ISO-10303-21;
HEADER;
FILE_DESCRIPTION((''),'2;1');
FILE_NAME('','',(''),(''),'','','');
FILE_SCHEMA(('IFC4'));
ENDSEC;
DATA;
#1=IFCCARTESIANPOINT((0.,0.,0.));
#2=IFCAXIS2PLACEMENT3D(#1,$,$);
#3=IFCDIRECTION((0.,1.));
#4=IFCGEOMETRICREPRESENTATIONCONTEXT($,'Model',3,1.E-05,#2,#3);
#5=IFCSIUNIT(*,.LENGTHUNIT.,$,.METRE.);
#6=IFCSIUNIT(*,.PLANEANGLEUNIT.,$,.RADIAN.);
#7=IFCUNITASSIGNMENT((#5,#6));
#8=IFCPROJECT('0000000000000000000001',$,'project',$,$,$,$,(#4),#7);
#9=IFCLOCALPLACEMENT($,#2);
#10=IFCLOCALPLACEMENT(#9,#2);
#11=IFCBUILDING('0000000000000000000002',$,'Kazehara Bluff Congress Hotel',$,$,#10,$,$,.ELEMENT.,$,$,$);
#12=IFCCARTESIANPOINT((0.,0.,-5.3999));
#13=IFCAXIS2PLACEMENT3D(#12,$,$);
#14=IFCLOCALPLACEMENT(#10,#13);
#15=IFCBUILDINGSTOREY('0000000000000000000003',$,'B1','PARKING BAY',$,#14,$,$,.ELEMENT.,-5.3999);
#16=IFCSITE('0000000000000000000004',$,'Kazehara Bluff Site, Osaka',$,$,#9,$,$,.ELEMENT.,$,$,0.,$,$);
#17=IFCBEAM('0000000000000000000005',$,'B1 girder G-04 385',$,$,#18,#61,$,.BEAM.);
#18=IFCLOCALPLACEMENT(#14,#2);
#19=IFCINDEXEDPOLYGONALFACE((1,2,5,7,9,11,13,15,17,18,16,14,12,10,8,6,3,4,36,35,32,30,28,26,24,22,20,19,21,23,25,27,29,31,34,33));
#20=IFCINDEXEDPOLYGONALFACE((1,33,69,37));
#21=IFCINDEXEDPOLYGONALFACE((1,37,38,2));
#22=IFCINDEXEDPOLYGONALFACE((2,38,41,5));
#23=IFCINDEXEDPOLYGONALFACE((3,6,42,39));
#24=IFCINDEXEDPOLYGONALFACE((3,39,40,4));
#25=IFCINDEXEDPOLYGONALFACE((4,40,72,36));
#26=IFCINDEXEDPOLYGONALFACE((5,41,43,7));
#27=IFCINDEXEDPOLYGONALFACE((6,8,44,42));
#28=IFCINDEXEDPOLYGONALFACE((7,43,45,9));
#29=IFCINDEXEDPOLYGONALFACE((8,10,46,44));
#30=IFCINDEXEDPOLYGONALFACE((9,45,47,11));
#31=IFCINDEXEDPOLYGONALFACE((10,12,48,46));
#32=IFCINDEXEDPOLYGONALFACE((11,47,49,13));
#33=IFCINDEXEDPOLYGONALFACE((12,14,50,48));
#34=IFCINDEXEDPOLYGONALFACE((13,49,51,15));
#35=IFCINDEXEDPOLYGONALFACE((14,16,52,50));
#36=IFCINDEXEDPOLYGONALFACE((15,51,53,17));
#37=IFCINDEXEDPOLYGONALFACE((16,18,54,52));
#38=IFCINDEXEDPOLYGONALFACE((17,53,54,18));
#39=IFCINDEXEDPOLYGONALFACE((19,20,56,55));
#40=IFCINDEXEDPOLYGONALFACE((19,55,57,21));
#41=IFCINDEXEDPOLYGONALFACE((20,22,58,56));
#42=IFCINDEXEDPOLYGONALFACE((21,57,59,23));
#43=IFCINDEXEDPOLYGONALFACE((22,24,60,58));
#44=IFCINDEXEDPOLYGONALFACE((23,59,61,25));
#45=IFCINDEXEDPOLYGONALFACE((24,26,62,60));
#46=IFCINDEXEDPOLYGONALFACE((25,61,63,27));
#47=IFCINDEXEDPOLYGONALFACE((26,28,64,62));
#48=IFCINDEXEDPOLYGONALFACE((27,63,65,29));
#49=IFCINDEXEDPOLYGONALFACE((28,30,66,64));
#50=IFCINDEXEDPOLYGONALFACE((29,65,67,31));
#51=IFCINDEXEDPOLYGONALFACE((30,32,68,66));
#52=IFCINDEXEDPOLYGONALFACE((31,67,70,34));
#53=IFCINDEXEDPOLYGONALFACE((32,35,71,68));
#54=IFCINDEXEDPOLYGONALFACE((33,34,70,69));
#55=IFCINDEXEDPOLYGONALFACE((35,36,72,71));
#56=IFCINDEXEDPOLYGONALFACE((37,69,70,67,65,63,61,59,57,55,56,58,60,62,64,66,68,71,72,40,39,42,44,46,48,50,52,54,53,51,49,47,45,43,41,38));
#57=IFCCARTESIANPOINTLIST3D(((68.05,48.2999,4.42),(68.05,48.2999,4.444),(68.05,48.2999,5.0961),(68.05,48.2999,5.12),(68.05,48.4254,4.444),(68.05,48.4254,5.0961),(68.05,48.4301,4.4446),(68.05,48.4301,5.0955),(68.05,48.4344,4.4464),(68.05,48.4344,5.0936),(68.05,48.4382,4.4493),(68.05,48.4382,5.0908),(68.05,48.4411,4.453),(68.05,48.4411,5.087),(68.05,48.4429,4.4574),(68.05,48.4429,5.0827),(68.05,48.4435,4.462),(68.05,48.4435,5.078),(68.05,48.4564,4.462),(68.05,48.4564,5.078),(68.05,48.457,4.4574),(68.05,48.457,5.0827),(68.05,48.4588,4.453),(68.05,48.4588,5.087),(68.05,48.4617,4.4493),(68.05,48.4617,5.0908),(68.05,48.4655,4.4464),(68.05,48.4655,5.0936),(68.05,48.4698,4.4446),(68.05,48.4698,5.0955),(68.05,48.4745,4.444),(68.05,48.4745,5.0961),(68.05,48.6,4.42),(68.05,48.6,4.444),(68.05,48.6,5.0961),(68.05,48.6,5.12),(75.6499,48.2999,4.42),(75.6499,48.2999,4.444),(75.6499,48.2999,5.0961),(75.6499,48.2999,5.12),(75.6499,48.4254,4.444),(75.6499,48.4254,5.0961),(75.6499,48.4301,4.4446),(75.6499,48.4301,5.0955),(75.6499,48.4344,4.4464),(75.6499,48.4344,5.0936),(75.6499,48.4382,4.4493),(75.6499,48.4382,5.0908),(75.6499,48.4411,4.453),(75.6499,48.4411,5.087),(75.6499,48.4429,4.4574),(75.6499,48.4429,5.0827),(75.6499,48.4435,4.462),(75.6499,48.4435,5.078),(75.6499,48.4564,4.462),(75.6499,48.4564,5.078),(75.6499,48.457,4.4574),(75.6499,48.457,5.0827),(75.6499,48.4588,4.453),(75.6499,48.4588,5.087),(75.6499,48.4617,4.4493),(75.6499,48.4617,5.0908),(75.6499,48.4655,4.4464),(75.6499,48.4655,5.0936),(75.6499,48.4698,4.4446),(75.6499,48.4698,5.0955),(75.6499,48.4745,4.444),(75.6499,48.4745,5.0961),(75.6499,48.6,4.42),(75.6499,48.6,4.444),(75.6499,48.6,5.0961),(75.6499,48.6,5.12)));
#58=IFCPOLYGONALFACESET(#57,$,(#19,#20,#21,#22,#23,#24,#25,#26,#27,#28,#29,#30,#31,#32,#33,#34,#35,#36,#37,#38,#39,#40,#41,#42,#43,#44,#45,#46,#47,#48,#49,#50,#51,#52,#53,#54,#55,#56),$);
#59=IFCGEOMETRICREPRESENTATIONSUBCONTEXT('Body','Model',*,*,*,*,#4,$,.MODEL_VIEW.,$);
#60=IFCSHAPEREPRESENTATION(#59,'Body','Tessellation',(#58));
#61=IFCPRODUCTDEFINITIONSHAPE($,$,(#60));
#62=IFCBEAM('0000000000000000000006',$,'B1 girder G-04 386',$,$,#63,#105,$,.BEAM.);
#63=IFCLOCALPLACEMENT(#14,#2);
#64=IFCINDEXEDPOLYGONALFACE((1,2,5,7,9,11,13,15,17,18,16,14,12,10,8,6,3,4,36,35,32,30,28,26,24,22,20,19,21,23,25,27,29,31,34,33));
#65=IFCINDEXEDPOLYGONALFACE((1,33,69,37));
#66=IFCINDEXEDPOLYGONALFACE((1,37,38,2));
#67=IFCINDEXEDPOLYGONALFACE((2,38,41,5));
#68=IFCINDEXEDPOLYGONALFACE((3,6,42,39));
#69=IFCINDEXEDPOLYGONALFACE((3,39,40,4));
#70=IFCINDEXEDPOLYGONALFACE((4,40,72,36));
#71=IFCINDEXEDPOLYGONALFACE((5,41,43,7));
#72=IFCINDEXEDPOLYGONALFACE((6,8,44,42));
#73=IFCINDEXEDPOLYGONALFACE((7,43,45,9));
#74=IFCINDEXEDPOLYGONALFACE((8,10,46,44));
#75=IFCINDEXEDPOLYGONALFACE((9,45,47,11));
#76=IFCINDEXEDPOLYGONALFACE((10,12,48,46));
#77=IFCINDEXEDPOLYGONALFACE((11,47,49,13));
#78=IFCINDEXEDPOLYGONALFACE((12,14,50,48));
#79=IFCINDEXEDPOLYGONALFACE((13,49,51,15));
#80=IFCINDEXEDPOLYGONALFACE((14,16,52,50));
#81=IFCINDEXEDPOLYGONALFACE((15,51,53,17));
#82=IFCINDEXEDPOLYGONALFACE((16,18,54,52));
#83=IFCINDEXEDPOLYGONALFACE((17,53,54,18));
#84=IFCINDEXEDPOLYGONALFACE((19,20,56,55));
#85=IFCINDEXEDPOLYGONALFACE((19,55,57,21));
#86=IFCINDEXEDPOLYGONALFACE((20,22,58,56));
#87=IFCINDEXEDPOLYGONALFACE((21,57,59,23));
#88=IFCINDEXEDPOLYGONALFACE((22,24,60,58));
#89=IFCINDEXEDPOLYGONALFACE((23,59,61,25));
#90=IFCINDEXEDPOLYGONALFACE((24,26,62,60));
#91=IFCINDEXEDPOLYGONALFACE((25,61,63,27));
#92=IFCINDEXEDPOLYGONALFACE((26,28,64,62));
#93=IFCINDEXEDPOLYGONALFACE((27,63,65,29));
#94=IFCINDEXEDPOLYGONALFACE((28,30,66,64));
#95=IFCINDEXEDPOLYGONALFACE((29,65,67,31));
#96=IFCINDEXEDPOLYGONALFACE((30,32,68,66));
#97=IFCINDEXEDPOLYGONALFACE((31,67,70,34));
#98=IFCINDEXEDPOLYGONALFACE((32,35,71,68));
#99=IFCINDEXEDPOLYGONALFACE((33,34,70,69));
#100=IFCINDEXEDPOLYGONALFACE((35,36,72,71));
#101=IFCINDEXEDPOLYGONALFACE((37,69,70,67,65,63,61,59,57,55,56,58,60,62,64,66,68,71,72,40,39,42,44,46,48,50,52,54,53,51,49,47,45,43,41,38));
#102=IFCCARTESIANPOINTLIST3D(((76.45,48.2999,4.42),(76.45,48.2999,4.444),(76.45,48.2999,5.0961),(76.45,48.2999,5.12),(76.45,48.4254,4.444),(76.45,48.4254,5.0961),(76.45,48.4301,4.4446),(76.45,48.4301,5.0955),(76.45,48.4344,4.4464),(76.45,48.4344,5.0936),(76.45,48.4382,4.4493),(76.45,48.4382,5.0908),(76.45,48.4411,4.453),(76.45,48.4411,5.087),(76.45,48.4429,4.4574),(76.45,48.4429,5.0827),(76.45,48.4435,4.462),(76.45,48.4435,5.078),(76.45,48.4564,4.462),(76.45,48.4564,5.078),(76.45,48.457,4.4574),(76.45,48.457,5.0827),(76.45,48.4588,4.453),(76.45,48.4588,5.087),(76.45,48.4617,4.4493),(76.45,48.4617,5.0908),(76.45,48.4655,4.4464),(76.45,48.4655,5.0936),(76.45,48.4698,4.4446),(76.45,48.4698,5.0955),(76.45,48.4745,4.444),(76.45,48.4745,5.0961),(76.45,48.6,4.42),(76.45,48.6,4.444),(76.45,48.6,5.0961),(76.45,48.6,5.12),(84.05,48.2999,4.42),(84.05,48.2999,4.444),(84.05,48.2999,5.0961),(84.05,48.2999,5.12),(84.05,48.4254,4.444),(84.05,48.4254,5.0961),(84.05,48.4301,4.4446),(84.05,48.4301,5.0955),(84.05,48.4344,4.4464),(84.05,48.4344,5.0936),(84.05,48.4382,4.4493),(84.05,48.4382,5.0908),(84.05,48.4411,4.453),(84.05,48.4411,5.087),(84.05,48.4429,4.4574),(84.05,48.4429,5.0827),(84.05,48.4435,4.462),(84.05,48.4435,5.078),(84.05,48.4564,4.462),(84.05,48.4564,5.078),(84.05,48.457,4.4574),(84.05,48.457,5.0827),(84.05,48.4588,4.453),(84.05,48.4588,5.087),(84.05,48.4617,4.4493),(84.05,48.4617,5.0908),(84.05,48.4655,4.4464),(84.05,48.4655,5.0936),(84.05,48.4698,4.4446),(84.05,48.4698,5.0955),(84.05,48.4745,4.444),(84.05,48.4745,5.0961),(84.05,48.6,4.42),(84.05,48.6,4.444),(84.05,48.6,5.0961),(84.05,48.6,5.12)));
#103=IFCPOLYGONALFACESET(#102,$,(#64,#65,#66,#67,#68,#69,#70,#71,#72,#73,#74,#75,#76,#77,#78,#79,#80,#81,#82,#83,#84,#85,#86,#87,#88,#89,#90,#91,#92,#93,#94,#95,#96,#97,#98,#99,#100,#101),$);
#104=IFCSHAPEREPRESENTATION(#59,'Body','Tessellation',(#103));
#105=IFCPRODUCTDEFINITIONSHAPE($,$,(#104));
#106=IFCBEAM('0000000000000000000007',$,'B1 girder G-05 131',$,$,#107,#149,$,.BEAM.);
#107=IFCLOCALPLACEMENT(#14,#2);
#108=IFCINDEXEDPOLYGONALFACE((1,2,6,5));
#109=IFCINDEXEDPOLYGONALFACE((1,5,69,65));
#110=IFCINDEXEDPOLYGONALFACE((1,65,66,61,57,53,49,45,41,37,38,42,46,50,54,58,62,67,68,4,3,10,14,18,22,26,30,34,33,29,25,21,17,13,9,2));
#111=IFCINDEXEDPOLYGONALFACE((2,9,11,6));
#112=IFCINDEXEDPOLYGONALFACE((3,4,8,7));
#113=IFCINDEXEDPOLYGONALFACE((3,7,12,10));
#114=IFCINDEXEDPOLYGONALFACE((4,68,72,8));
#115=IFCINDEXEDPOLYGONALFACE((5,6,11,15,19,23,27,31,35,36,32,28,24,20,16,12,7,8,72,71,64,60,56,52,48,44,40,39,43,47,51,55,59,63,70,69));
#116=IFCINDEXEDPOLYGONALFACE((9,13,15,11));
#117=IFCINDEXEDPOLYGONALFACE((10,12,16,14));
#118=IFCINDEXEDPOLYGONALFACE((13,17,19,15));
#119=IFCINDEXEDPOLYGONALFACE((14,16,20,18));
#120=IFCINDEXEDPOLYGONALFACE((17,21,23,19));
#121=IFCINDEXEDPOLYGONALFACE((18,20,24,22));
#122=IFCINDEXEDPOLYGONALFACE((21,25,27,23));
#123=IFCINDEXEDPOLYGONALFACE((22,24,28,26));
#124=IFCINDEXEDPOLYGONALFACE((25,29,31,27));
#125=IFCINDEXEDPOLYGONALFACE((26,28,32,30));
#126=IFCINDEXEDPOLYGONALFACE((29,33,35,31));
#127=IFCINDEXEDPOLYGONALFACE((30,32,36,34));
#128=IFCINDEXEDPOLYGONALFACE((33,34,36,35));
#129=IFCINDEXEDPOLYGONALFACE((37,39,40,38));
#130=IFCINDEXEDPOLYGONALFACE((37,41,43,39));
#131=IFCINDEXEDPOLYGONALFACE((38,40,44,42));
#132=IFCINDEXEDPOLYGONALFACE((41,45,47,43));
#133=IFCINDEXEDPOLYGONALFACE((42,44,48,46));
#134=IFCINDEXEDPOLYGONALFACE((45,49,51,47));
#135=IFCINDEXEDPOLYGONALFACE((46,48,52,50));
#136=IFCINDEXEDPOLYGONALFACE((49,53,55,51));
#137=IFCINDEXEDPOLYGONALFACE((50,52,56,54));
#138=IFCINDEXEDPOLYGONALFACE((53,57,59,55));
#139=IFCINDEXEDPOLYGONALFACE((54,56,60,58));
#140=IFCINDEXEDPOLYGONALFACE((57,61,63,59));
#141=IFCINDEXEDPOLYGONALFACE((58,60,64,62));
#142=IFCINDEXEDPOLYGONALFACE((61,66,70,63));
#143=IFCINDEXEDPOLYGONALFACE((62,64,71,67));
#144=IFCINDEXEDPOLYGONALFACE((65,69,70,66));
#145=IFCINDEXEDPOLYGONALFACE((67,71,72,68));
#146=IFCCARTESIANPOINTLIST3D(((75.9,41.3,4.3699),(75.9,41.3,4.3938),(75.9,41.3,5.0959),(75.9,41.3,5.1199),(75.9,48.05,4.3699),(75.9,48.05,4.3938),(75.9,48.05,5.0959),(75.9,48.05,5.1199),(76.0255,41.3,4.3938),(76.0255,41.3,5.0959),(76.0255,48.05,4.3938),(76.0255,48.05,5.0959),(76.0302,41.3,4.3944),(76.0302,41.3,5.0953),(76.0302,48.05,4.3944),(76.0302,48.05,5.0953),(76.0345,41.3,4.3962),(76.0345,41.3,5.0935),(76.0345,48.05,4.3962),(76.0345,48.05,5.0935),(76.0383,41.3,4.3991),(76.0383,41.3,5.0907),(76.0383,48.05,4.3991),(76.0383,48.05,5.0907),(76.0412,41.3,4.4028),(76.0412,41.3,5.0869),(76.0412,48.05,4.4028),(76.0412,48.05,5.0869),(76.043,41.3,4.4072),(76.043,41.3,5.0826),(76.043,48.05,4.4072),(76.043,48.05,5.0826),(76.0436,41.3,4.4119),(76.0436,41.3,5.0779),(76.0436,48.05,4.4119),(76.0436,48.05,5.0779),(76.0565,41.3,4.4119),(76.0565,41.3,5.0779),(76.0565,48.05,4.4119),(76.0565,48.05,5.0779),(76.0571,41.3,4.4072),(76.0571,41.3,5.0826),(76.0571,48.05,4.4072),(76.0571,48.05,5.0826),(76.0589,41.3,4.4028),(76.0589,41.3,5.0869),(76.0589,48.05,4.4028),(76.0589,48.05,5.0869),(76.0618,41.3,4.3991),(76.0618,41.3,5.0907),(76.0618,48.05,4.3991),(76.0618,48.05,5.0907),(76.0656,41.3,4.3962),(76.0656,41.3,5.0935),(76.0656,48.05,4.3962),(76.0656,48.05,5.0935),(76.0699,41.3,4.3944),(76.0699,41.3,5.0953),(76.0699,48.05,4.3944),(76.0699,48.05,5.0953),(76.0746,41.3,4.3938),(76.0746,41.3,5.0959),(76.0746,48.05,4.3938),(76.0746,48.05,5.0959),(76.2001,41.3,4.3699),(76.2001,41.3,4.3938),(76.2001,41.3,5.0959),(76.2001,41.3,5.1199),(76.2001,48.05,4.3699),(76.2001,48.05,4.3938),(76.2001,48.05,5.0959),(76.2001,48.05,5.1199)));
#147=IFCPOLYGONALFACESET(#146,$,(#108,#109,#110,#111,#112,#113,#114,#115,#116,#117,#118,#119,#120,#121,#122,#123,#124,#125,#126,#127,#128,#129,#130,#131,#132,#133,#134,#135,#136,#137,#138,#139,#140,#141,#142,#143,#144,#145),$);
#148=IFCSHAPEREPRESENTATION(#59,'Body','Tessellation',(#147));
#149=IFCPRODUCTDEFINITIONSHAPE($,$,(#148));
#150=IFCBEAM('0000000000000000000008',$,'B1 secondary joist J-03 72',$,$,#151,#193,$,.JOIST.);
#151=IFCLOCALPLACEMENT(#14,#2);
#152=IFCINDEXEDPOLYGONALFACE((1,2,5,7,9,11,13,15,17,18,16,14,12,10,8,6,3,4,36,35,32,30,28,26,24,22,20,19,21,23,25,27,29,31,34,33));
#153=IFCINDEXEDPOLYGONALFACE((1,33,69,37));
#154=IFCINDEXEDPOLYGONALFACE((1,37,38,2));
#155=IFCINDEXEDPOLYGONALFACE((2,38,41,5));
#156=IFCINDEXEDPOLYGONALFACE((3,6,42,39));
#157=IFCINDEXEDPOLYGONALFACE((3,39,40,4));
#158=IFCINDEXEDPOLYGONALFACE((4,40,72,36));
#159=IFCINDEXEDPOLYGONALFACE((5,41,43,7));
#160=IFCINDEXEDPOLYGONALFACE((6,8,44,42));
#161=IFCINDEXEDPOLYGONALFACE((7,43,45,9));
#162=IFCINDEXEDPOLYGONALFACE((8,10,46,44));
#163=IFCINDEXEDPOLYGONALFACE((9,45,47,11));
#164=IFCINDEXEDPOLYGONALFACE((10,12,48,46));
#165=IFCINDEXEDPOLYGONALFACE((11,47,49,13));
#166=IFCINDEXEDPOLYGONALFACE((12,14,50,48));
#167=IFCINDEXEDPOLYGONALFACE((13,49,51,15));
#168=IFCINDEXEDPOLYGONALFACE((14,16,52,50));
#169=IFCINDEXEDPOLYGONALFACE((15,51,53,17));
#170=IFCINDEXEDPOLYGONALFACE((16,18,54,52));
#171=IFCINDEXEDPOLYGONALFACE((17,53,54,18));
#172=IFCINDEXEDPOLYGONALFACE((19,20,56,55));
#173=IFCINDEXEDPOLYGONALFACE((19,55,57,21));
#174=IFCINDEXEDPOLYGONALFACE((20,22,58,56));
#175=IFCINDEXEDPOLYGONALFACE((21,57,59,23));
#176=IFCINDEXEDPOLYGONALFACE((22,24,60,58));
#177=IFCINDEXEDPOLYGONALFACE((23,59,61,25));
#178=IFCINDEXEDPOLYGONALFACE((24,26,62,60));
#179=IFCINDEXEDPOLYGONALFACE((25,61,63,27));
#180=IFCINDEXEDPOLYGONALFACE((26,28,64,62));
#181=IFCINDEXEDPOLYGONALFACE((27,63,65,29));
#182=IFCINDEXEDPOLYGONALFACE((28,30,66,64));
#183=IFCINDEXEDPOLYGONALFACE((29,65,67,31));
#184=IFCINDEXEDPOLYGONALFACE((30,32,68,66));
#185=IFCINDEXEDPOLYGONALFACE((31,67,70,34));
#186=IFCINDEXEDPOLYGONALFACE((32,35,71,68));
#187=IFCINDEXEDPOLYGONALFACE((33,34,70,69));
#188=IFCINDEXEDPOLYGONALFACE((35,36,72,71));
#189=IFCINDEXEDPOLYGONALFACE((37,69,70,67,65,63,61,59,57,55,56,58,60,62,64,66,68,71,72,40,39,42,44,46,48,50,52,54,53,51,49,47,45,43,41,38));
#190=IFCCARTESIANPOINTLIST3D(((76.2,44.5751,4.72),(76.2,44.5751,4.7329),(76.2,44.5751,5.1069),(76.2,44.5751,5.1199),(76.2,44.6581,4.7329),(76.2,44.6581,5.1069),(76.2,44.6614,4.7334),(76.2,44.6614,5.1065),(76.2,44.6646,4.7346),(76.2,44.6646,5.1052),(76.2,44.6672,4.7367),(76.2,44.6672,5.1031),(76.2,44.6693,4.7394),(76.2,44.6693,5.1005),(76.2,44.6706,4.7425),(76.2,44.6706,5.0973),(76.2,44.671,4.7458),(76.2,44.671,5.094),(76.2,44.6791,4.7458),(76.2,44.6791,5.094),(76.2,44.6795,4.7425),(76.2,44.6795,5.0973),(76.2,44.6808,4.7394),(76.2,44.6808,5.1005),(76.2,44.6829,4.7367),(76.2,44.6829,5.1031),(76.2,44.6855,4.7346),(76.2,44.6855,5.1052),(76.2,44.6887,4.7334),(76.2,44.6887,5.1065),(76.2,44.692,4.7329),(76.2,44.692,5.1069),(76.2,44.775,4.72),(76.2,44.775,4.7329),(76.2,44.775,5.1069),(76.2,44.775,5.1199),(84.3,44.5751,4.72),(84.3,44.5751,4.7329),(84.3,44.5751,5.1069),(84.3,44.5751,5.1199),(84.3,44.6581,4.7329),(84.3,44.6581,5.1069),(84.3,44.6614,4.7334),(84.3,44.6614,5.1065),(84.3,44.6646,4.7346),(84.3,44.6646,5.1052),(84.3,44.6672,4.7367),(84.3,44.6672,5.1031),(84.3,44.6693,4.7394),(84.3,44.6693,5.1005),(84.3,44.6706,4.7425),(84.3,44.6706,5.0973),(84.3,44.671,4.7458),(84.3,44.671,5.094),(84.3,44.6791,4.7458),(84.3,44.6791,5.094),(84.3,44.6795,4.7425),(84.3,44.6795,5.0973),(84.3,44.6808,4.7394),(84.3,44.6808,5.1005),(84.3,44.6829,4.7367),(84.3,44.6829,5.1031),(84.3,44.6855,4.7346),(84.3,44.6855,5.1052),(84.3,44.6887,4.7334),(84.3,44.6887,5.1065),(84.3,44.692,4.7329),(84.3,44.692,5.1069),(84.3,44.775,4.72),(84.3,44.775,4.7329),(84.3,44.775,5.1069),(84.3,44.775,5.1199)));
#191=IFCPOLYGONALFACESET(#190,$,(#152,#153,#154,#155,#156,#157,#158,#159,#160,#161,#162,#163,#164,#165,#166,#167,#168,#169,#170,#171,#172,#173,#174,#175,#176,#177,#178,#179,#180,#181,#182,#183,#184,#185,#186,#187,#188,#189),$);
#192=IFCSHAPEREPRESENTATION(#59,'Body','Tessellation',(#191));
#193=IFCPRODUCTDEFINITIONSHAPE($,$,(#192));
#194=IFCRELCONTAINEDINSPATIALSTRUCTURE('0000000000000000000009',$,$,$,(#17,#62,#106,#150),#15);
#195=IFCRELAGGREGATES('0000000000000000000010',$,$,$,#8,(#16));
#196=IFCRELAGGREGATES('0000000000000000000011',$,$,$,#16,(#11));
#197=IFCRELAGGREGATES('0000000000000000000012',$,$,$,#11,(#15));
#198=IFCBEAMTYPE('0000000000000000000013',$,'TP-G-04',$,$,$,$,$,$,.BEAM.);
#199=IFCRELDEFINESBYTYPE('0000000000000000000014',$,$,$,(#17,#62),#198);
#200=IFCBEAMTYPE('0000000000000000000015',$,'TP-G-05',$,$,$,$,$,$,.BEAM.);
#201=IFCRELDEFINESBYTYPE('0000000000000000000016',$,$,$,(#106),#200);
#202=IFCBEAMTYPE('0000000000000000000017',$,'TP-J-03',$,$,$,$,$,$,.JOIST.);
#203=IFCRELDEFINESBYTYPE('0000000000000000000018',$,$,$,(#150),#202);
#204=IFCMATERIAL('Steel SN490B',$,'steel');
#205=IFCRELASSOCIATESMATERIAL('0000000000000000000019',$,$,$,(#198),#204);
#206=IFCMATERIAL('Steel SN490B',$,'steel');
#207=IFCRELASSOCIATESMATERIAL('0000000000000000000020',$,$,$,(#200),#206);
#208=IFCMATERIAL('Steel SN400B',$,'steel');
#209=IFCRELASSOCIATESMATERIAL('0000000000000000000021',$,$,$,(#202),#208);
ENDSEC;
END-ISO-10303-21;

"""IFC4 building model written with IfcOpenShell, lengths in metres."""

from ifc_helpers import new_model, si_unit, direction, frame, origin, origin_2d, place, context, subcontext, project, spatial, i_section, extrude, material, material_profile, profile_set, type_object, element, save


model = new_model("IFC4")

# Units and contexts
model_context = context("Model", 3, precision=1e-05, world=origin(), true_north=direction((0.0, 1.0)))
body_context = subcontext(model_context, "Body", "Model", "MODEL_VIEW")
ifc_project = project(units=[si_unit("LENGTHUNIT", "METRE"), si_unit("PLANEANGLEUNIT", "RADIAN")], contexts=[model_context])

# Site, building, storey
site_placement = place(None, origin())
site = spatial("IfcSite", under=ifc_project, at=site_placement, Name="Kazehara Bluff Site, Osaka", CompositionType="ELEMENT", RefElevation=0.0)
building_placement = place(site_placement, origin())
building = spatial("IfcBuilding", under=site, at=building_placement, Name="Kazehara Bluff Congress Hotel", CompositionType="ELEMENT")
storey_placement = place(building_placement, frame((0.0, 0.0, -5.3999)))
storey = spatial("IfcBuildingStorey", under=building, at=storey_placement, Name="B1", Description="PARKING BAY", CompositionType="ELEMENT", Elevation=-5.3999)

# Beams
ifc_material_1 = material(Name="Steel SN490B", Category="steel")
ifc_material_profile_1 = material_profile(ifc_material_1, i_section(OverallWidth=0.3, OverallDepth=0.7, WebThickness=0.0129, FlangeThickness=0.0239, FilletRadius=0.0181, at=origin_2d()))
ifc_profile_set_1 = profile_set([ifc_material_profile_1], Name="Steel SN490B")
beam_type_1 = type_object("IfcBeamType", Name="TP-G-04", PredefinedType="BEAM", material=ifc_profile_set_1)
beam_1_placement = place(storey_placement, frame((68.05, 48.45, 4.77), z_axis=(1.0, 0.0, 0.0), x_axis=(0.0, 1.0, 0.0)))
element("IfcBeam", 1, at=beam_1_placement, inside=storey, type_object=beam_type_1, Name="B1 girder G-04 385", PredefinedType="BEAM", context=body_context, shape_type="SweptSolid", body=[
    extrude(i_section(OverallWidth=0.3, OverallDepth=0.7, WebThickness=0.0129, FlangeThickness=0.0239, FilletRadius=0.0181, at=origin_2d()), origin(), (0.0, 0.0, 1.0), 7.5999),
])
beam_2_placement = place(storey_placement, frame((76.45, 48.45, 4.77), z_axis=(1.0, 0.0, 0.0), x_axis=(0.0, 1.0, 0.0)))
element("IfcBeam", 2, at=beam_2_placement, inside=storey, type_object=beam_type_1, Name="B1 girder G-04 386", PredefinedType="BEAM", context=body_context, shape_type="SweptSolid", body=[
    extrude(i_section(OverallWidth=0.3, OverallDepth=0.7, WebThickness=0.0129, FlangeThickness=0.0239, FilletRadius=0.0181, at=origin_2d()), origin(), (0.0, 0.0, 1.0), 7.6001),
])
ifc_material_2 = material(Name="Steel SN490B", Category="steel")
ifc_material_profile_2 = material_profile(ifc_material_2, i_section(OverallWidth=0.3, OverallDepth=0.75, WebThickness=0.0129, FlangeThickness=0.0239, FilletRadius=0.0181, at=origin_2d()))
ifc_profile_set_2 = profile_set([ifc_material_profile_2], Name="Steel SN490B")
beam_type_2 = type_object("IfcBeamType", Name="TP-G-05", PredefinedType="BEAM", material=ifc_profile_set_2)
beam_3_placement = place(storey_placement, frame((76.05, 41.3, 4.7449), z_axis=(0.0, 1.0, 0.0), x_axis=(-1.0, 0.0, 0.0)))
element("IfcBeam", 3, at=beam_3_placement, inside=storey, type_object=beam_type_2, Name="B1 girder G-05 131", PredefinedType="BEAM", context=body_context, shape_type="SweptSolid", body=[
    extrude(i_section(OverallWidth=0.3, OverallDepth=0.75, WebThickness=0.0129, FlangeThickness=0.0239, FilletRadius=0.0181, at=origin_2d()), origin(), (0.0, 0.0, 1.0), 6.75),
])
ifc_material_3 = material(Name="Steel SN400B", Category="steel")
ifc_material_profile_3 = material_profile(ifc_material_3, i_section(OverallWidth=0.2, OverallDepth=0.3999, WebThickness=0.0081, FlangeThickness=0.0129, FilletRadius=0.0129, at=origin_2d()))
ifc_profile_set_3 = profile_set([ifc_material_profile_3], Name="Steel SN400B")
beam_type_3 = type_object("IfcBeamType", Name="TP-J-03", PredefinedType="JOIST", material=ifc_profile_set_3)
beam_4_placement = place(storey_placement, frame((76.2, 44.675, 4.9199), z_axis=(1.0, 0.0, 0.0), x_axis=(0.0, 1.0, 0.0)))
element("IfcBeam", 4, at=beam_4_placement, inside=storey, type_object=beam_type_3, Name="B1 secondary joist J-03 72", PredefinedType="JOIST", context=body_context, shape_type="SweptSolid", body=[
    extrude(i_section(OverallWidth=0.2, OverallDepth=0.3999, WebThickness=0.0081, FlangeThickness=0.0129, FilletRadius=0.0129, at=origin_2d()), origin(), (0.0, 0.0, 1.0), 8.1001),
])

save(model, "model.ifc")
